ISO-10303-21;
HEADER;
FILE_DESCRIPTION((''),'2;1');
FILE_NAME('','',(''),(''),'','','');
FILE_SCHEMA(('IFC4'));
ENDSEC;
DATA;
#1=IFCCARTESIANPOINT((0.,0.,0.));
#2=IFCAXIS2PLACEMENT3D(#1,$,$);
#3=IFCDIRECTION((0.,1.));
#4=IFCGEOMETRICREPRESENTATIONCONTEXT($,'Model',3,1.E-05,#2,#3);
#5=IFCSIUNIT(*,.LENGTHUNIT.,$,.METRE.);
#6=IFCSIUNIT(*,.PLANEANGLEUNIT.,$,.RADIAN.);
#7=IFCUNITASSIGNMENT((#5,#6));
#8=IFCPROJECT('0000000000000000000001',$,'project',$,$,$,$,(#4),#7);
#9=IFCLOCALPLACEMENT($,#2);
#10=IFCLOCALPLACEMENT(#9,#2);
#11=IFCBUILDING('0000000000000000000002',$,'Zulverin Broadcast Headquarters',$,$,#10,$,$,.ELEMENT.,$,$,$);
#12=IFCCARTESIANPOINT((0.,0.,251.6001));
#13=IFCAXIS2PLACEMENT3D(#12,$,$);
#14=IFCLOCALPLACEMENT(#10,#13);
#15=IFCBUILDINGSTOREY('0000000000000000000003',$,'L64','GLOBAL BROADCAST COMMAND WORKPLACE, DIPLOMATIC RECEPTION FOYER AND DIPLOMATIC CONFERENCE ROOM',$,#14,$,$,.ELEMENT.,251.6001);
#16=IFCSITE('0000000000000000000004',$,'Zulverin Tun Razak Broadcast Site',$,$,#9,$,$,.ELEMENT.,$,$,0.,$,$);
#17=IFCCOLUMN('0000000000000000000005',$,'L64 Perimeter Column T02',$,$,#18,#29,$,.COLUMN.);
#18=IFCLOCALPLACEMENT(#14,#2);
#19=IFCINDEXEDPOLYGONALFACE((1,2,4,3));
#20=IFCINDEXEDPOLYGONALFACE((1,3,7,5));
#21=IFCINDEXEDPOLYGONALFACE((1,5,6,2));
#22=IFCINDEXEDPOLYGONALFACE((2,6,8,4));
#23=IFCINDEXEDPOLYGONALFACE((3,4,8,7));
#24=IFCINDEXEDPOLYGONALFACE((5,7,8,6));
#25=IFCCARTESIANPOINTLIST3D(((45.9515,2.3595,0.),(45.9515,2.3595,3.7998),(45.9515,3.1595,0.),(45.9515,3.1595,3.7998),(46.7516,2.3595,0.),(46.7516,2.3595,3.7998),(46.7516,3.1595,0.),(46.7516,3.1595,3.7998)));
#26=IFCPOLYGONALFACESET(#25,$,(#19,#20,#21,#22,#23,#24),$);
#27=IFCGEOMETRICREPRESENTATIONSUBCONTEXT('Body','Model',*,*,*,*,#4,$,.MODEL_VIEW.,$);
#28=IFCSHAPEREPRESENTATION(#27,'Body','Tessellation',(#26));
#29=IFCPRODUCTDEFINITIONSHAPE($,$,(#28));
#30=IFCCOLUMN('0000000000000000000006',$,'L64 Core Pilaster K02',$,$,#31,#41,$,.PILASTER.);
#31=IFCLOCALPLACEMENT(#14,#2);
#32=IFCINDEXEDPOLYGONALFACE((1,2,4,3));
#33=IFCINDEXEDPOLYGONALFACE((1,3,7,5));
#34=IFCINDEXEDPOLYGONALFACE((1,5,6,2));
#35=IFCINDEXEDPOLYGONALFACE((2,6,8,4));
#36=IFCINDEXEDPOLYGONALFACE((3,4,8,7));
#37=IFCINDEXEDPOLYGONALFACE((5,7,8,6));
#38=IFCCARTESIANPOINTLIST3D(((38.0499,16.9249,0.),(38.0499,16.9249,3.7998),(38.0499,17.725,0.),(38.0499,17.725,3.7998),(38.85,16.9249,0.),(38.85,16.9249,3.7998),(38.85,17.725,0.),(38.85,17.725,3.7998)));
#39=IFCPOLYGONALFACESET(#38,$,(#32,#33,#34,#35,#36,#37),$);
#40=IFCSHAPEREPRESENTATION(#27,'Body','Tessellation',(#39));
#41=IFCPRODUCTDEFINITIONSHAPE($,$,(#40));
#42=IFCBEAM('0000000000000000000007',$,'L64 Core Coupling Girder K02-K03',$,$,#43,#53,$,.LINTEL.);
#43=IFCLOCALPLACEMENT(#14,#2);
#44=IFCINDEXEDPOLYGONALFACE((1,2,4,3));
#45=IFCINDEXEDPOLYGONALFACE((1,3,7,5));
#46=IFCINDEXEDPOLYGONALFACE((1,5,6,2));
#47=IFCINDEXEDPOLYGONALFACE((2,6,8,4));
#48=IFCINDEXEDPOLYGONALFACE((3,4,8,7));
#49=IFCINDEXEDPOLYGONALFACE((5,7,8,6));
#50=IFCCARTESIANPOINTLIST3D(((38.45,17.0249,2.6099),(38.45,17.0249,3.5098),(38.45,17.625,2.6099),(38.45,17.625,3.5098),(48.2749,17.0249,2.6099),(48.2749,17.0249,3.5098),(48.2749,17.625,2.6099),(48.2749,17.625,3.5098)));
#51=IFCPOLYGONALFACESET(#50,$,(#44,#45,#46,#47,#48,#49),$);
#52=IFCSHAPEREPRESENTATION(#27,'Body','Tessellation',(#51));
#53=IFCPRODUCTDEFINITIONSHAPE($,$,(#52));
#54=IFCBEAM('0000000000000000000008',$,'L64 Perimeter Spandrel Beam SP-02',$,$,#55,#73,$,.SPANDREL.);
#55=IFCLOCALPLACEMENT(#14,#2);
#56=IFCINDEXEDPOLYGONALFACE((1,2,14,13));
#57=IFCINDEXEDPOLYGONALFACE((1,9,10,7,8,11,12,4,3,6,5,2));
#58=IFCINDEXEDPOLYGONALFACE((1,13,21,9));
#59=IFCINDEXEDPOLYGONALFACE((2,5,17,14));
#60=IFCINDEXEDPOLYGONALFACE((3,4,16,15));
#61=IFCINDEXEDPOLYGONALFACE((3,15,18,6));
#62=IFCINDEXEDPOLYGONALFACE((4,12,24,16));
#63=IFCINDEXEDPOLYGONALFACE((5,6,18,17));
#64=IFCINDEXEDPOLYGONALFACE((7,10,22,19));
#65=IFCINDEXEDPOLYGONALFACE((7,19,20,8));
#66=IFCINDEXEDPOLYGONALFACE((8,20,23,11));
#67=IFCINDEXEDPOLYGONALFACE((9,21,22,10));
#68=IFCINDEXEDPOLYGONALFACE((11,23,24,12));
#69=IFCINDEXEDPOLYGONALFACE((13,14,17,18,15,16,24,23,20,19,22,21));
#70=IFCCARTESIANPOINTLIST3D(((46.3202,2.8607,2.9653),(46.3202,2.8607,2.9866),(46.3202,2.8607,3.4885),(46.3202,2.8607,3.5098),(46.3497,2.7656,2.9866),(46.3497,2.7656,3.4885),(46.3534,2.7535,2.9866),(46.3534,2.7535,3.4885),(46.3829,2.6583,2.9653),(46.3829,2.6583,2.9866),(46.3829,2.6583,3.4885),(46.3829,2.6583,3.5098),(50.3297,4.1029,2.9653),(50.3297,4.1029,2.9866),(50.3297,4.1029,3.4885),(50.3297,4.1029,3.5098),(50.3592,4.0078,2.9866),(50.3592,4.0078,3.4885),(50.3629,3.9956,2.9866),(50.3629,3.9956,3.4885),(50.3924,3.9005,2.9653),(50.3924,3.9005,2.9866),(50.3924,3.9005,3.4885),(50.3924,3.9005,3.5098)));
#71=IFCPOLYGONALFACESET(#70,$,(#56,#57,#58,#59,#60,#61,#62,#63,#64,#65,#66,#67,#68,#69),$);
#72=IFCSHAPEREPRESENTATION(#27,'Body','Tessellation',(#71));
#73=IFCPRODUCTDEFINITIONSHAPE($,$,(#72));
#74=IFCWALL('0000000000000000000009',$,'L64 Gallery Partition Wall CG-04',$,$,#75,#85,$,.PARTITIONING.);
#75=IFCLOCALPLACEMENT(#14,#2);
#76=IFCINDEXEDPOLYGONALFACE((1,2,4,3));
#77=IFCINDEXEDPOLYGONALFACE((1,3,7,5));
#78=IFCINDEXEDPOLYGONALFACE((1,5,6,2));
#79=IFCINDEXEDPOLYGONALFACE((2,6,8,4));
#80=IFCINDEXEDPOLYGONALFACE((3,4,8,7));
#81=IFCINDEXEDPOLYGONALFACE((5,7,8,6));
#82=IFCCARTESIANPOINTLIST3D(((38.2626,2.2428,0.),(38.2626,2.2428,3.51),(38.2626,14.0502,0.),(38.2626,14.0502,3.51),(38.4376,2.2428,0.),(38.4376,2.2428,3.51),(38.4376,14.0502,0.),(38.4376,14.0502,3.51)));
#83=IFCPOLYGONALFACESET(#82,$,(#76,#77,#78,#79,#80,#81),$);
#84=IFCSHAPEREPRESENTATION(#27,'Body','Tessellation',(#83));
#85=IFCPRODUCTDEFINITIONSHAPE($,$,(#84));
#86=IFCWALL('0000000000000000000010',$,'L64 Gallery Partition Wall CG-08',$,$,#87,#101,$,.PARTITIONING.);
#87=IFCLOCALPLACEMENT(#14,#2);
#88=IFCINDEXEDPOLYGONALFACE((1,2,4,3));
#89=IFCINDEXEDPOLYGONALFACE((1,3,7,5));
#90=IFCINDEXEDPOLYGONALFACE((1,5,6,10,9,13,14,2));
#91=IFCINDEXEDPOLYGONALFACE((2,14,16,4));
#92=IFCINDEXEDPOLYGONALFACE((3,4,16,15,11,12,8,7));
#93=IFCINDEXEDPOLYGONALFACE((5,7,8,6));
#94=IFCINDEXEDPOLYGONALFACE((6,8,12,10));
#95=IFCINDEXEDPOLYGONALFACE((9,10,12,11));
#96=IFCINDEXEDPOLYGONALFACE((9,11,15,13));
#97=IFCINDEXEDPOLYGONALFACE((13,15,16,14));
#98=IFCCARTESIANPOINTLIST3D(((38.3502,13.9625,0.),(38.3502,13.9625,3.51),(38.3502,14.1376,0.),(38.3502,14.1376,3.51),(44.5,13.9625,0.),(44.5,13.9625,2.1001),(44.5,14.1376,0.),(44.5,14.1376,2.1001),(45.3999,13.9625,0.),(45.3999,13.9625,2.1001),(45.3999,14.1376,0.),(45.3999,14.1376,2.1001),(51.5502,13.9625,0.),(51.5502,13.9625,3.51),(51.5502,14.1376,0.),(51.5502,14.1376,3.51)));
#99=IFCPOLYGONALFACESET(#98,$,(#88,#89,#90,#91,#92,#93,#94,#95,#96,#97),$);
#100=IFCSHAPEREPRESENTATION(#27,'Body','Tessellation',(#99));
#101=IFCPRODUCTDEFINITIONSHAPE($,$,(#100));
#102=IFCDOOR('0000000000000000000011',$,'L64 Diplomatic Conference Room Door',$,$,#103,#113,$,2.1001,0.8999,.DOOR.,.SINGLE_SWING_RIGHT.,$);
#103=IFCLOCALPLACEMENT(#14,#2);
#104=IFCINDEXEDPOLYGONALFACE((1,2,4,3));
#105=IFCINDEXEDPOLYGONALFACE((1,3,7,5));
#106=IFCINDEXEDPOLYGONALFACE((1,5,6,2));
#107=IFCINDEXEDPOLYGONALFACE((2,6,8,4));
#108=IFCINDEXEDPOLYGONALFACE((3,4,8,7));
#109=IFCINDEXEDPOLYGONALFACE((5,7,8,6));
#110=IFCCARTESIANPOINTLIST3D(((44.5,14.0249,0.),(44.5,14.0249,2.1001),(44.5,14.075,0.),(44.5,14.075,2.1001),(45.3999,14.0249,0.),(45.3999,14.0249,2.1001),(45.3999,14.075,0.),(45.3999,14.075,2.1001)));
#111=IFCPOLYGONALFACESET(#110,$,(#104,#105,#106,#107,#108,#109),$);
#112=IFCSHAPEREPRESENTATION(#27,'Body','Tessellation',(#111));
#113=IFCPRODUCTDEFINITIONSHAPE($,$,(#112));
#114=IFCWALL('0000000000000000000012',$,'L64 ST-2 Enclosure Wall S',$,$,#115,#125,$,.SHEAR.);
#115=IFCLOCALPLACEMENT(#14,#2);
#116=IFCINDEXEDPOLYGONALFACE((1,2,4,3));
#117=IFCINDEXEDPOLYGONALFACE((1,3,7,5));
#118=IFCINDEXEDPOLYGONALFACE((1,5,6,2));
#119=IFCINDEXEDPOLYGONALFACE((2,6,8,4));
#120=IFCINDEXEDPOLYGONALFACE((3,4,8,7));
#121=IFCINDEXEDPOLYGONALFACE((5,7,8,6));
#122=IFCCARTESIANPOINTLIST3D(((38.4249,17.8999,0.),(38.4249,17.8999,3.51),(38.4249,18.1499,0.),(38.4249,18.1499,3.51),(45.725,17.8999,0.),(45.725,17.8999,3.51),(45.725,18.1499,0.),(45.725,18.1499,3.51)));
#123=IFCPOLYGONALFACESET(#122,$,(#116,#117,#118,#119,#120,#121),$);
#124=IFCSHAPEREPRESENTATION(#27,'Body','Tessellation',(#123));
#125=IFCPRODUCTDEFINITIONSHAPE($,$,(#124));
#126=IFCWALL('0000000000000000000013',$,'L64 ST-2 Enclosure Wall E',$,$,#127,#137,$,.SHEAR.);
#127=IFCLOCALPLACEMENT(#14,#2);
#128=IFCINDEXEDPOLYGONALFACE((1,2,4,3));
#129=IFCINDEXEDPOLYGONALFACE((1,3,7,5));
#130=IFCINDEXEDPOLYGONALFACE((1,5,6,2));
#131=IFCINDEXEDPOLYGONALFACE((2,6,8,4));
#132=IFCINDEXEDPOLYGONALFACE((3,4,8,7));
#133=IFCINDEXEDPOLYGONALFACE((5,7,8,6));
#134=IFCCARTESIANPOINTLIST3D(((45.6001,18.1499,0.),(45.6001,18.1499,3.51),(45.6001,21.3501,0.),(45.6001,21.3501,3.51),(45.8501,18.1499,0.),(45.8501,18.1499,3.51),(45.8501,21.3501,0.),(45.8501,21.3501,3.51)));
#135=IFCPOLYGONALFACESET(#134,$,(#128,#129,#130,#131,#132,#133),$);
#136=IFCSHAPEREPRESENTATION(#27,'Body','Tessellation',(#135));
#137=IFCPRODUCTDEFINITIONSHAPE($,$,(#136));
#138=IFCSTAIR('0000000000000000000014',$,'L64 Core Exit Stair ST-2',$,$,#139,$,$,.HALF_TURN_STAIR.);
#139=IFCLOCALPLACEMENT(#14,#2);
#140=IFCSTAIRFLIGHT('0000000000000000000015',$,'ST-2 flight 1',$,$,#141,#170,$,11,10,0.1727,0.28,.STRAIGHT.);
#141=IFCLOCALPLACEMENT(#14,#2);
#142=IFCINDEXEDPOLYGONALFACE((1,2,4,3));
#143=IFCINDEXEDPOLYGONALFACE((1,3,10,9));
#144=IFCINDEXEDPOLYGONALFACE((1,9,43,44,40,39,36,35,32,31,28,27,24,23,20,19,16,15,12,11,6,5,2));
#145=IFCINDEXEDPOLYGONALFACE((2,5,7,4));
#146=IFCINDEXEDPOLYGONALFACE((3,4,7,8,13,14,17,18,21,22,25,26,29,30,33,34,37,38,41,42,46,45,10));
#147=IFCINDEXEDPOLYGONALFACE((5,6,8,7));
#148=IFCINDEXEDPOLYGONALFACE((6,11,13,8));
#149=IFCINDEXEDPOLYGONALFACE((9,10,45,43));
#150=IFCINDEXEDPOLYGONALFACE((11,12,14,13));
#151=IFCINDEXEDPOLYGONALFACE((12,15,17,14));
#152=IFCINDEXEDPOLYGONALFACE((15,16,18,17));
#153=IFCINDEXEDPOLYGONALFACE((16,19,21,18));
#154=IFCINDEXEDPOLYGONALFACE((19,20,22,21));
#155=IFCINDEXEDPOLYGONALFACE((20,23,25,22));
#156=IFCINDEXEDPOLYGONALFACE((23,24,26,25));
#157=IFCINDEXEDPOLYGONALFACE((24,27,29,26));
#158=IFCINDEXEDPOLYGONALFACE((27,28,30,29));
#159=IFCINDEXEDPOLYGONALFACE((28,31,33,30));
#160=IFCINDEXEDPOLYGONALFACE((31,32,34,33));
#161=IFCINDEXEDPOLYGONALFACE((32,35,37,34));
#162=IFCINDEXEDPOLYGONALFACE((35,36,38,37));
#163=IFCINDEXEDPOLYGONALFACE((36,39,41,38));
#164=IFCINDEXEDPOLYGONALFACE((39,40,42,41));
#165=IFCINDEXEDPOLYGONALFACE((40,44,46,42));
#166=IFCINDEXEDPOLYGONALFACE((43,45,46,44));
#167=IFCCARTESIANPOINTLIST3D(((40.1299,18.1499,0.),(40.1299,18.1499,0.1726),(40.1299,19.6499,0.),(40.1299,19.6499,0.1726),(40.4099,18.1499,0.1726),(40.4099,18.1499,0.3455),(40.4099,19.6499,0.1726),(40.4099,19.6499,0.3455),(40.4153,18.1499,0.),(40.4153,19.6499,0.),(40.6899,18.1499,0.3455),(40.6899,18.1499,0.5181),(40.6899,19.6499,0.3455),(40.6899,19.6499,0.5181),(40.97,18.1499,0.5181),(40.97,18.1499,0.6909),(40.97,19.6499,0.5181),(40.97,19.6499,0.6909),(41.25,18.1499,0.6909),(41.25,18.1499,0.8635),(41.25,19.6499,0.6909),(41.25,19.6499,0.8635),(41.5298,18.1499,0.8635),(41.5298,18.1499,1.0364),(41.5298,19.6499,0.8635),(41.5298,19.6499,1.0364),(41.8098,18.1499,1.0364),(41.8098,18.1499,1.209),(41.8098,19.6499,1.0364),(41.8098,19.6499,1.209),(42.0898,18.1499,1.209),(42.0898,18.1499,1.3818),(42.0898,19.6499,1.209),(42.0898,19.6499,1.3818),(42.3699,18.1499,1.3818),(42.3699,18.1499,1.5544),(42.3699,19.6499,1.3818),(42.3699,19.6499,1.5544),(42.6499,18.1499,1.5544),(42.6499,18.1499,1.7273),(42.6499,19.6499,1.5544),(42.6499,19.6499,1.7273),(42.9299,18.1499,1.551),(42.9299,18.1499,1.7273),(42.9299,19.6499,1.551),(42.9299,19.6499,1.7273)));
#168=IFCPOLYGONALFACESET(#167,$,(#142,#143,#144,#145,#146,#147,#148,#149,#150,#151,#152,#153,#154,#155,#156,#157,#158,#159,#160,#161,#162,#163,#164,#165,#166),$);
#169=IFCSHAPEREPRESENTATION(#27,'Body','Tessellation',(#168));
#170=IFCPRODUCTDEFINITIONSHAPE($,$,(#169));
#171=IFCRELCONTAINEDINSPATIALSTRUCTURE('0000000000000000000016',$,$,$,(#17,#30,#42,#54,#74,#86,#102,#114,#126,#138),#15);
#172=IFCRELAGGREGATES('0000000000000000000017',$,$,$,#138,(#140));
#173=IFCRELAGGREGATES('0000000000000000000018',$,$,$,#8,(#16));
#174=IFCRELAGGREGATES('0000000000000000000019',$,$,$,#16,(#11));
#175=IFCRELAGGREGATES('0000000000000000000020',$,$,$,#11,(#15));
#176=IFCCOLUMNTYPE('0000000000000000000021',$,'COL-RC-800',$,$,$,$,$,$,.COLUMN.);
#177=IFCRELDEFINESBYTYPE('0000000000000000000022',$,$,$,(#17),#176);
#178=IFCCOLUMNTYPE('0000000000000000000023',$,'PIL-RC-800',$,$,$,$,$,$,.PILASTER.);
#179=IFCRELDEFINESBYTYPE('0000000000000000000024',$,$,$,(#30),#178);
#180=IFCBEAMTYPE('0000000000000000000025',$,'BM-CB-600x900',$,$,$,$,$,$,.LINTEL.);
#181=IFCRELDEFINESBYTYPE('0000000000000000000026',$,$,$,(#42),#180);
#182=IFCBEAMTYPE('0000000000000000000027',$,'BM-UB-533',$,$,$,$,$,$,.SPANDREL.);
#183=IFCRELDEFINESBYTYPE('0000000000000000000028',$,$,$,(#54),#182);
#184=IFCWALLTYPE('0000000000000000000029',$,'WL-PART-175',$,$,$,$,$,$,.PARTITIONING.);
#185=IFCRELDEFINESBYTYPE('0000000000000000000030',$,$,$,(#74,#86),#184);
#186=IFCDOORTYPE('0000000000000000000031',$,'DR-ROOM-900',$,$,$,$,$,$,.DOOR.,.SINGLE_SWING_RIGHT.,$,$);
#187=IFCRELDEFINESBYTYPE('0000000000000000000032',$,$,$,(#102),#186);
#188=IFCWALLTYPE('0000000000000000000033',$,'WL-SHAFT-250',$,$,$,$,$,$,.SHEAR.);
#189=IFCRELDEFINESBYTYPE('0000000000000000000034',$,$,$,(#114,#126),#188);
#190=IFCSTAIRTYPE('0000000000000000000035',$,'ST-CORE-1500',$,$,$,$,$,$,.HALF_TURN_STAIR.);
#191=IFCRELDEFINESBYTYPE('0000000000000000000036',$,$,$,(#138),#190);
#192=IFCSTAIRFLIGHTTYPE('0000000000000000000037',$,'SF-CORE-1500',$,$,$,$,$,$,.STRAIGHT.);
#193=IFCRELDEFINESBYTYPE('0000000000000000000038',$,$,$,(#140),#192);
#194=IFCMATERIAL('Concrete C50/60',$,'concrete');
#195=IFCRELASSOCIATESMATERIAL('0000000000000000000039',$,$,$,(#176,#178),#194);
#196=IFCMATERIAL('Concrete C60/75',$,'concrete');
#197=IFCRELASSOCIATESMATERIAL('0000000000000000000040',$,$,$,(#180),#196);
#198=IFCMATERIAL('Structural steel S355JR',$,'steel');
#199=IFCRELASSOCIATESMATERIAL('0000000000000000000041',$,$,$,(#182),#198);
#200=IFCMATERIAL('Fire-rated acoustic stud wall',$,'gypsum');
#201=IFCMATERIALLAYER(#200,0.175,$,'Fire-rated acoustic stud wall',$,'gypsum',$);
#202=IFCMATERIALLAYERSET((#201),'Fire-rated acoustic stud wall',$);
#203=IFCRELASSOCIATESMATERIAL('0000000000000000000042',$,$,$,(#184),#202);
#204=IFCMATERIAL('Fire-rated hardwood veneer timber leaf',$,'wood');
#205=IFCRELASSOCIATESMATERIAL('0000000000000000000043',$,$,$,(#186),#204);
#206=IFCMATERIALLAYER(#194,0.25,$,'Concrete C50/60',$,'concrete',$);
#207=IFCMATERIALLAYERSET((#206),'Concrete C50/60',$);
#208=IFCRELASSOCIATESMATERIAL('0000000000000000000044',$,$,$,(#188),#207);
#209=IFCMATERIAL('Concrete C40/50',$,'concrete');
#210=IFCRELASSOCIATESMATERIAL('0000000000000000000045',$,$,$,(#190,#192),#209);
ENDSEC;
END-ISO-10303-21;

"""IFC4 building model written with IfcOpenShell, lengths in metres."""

from ifc_helpers import new_model, si_unit, direction, frame, frame_2d, origin, origin_2d, place, context, subcontext, project, spatial, polyline, rectangle, i_section, outline, extrude, material, layer, layer_set, material_profile, profile_set, type_object, element, fill, aggregate, save


model = new_model("IFC4")

# Units and contexts
model_context = context("Model", 3, precision=1e-05, world=origin(), true_north=direction((0.0, 1.0)))
body_context = subcontext(model_context, "Body", "Model", "MODEL_VIEW")
ifc_project = project(units=[si_unit("LENGTHUNIT", "METRE"), si_unit("PLANEANGLEUNIT", "RADIAN")], contexts=[model_context])

# Site, building, storey
site_placement = place(None, origin())
site = spatial("IfcSite", under=ifc_project, at=site_placement, Name="Zulverin Tun Razak Broadcast Site", CompositionType="ELEMENT", RefElevation=0.0)
building_placement = place(site_placement, origin())
building = spatial("IfcBuilding", under=site, at=building_placement, Name="Zulverin Broadcast Headquarters", CompositionType="ELEMENT")
storey_placement = place(building_placement, frame((0.0, 0.0, 251.6001)))
storey = spatial("IfcBuildingStorey", under=building, at=storey_placement, Name="L64", Description="GLOBAL BROADCAST COMMAND WORKPLACE, DIPLOMATIC RECEPTION FOYER AND DIPLOMATIC CONFERENCE ROOM", CompositionType="ELEMENT", Elevation=251.6001)

# Columns
ifc_material_1 = material(Name="Concrete C50/60", Category="concrete")
ifc_material_profile_1 = material_profile(ifc_material_1, rectangle(XDim=0.8, YDim=0.8, at=origin_2d()), Name="Concrete C50/60", Category="concrete")
ifc_profile_set_1 = profile_set([ifc_material_profile_1], Name="Concrete C50/60")
column_type_1 = type_object("IfcColumnType", Name="COL-RC-800", PredefinedType="COLUMN", material=ifc_profile_set_1)
column_1_placement = place(storey_placement, frame((46.3516, 2.7595, 0.0), z_axis=(0.0, 0.0, 1.0), x_axis=(1.0, 0.0, 0.0)))
element("IfcColumn", 1, at=column_1_placement, inside=storey, type_object=column_type_1, Name="L64 Perimeter Column T02", PredefinedType="COLUMN", context=body_context, shape_type="SweptSolid", body=[
    extrude(rectangle(XDim=0.8, YDim=0.8, at=origin_2d()), origin(), (0.0, 0.0, 1.0), 3.7998),
])
ifc_material_profile_2 = material_profile(ifc_material_1, rectangle(XDim=0.8, YDim=0.8, at=origin_2d()), Name="Concrete C50/60", Category="concrete")
ifc_profile_set_2 = profile_set([ifc_material_profile_2], Name="Concrete C50/60")
column_type_2 = type_object("IfcColumnType", Name="PIL-RC-800", PredefinedType="PILASTER", material=ifc_profile_set_2)
column_2_placement = place(storey_placement, frame((38.45, 17.325, 0.0), z_axis=(0.0, 0.0, 1.0), x_axis=(1.0, 0.0, 0.0)))
element("IfcColumn", 2, at=column_2_placement, inside=storey, type_object=column_type_2, Name="L64 Core Pilaster K02", PredefinedType="PILASTER", context=body_context, shape_type="SweptSolid", body=[
    extrude(rectangle(XDim=0.8, YDim=0.8, at=origin_2d()), origin(), (0.0, 0.0, 1.0), 3.7998),
])

# Beams
ifc_material_2 = material(Name="Concrete C60/75", Category="concrete")
ifc_material_profile_3 = material_profile(ifc_material_2, rectangle(XDim=0.6001, YDim=0.8999, at=origin_2d()), Name="Concrete C60/75", Category="concrete")
ifc_profile_set_3 = profile_set([ifc_material_profile_3], Name="Concrete C60/75")
beam_type_1 = type_object("IfcBeamType", Name="BM-CB-600x900", PredefinedType="LINTEL", material=ifc_profile_set_3)
beam_1_placement = place(storey_placement, frame((38.45, 17.325, 3.0598), z_axis=(1.0, 0.0, 0.0), x_axis=(0.0, 1.0, 0.0)))
element("IfcBeam", 3, at=beam_1_placement, inside=storey, type_object=beam_type_1, Name="L64 Core Coupling Girder K02-K03", PredefinedType="LINTEL", context=body_context, shape_type="SweptSolid", body=[
    extrude(rectangle(XDim=0.6001, YDim=0.8999, at=origin_2d()), origin(), (0.0, 0.0, 1.0), 9.825),
])
ifc_material_3 = material(Name="Structural steel S355JR", Category="steel")
ifc_material_profile_4 = material_profile(ifc_material_3, i_section(OverallWidth=0.2119, OverallDepth=0.5444, WebThickness=0.0127, FlangeThickness=0.0212, at=origin_2d()), Name="Structural steel S355JR", Category="steel")
ifc_profile_set_4 = profile_set([ifc_material_profile_4], Name="Structural steel S355JR")
beam_type_2 = type_object("IfcBeamType", Name="BM-UB-533", PredefinedType="SPANDREL", material=ifc_profile_set_4)
beam_2_placement = place(storey_placement, frame((46.3516, 2.7595, 3.2375), z_axis=(0.955209, 0.295933, 0.0), x_axis=(-0.295933, 0.955209, 0.0)))
element("IfcBeam", 4, at=beam_2_placement, inside=storey, type_object=beam_type_2, Name="L64 Perimeter Spandrel Beam SP-02", PredefinedType="SPANDREL", context=body_context, shape_type="SweptSolid", body=[
    extrude(i_section(OverallWidth=0.2119, OverallDepth=0.5444, WebThickness=0.0127, FlangeThickness=0.0212, at=origin_2d()), origin(), (0.0, 0.0, 1.0), 4.1975),
])

# Wall
ifc_material_4 = material(Name="Fire-rated acoustic stud wall", Category="gypsum")
ifc_layer_1 = layer(ifc_material_4, 0.175, Name="Fire-rated acoustic stud wall", Category="gypsum")
ifc_layer_set_1 = layer_set([ifc_layer_1], Name="Fire-rated acoustic stud wall")
wall_type_1 = type_object("IfcWallType", Name="WL-PART-175", PredefinedType="PARTITIONING", material=ifc_layer_set_1)
wall_1_placement = place(storey_placement, frame((38.3501, 2.2427, 0.0), z_axis=(0.0, 0.0, 1.0), x_axis=(0.0, 1.0, 0.0)))
element("IfcWall", 5, at=wall_1_placement, inside=storey, type_object=wall_type_1, Name="L64 Gallery Partition Wall CG-04", PredefinedType="PARTITIONING", context=body_context, shape_type="SweptSolid", body=[
    extrude(rectangle(XDim=11.8074, YDim=0.175, at=frame_2d((5.9038, 0.0))), origin(), (0.0, 0.0, 1.0), 3.51),
])

# Wall, opening, door
wall_2_placement = place(storey_placement, frame((38.3501, 14.05, 0.0), z_axis=(0.0, 0.0, 1.0), x_axis=(1.0, 0.0, 0.0)))
wall_2 = element("IfcWall", 6, at=wall_2_placement, inside=storey, type_object=wall_type_1, Name="L64 Gallery Partition Wall CG-08", PredefinedType="PARTITIONING", context=body_context, shape_type="SweptSolid", body=[
    extrude(rectangle(XDim=13.2, YDim=0.175, at=frame_2d((6.6001, 0.0))), origin(), (0.0, 0.0, 1.0), 3.51),
])
opening_1_placement = place(wall_2_placement, frame((6.1499, 0.0, 0.0)))
opening_1 = element("IfcOpeningElement", 7, at=opening_1_placement, cuts=wall_2, PredefinedType="OPENING", context=body_context, shape_type="SweptSolid", body=[
    extrude(rectangle(XDim=0.8999, YDim=2.1001, at=frame_2d((0.45, 1.05))), frame((0.0, 0.0974, 0.0), z_axis=(0.0, -1.0, 0.0), x_axis=(1.0, 0.0, 0.0)), (0.0, 0.0, 1.0), 0.1951),
])
ifc_material_5 = material(Name="Fire-rated hardwood veneer timber leaf", Category="wood")
door_type_1 = type_object("IfcDoorType", Name="DR-ROOM-900", OperationType="SINGLE_SWING_RIGHT", PredefinedType="DOOR", material=ifc_material_5)
door_1_placement = place(opening_1_placement, origin())
door_1 = element("IfcDoor", 8, at=door_1_placement, inside=storey, type_object=door_type_1, Name="L64 Diplomatic Conference Room Door", OperationType="SINGLE_SWING_RIGHT", OverallHeight=2.1001, OverallWidth=0.8999, PredefinedType="DOOR", context=body_context, shape_type="SweptSolid", body=[
    extrude(rectangle(XDim=0.8999, YDim=2.1001, at=frame_2d((0.45, 1.05))), frame((0.0, 0.0249, 0.0), z_axis=(0.0, -1.0, 0.0), x_axis=(1.0, 0.0, 0.0)), (0.0, 0.0, 1.0), 0.05),
])
fill(opening_1, door_1)

# Wall
ifc_layer_2 = layer(ifc_material_1, 0.25, Name="Concrete C50/60", Category="concrete")
ifc_layer_set_2 = layer_set([ifc_layer_2], Name="Concrete C50/60")
wall_type_2 = type_object("IfcWallType", Name="WL-SHAFT-250", PredefinedType="SHEAR", material=ifc_layer_set_2)
wall_3_placement = place(storey_placement, frame((38.425, 18.0249, 0.0), z_axis=(0.0, 0.0, 1.0), x_axis=(1.0, 0.0, 0.0)))
element("IfcWall", 9, at=wall_3_placement, inside=storey, type_object=wall_type_2, Name="L64 ST-2 Enclosure Wall S", PredefinedType="SHEAR", context=body_context, shape_type="SweptSolid", body=[
    extrude(rectangle(XDim=7.3, YDim=0.25, at=frame_2d((3.6499, 0.0))), origin(), (0.0, 0.0, 1.0), 3.51),
])

# Wall
wall_4_placement = place(storey_placement, frame((45.7251, 18.1499, 0.0), z_axis=(0.0, 0.0, 1.0), x_axis=(0.0, 1.0, 0.0)))
element("IfcWall", 10, at=wall_4_placement, inside=storey, type_object=wall_type_2, Name="L64 ST-2 Enclosure Wall E", PredefinedType="SHEAR", context=body_context, shape_type="SweptSolid", body=[
    extrude(rectangle(XDim=3.2002, YDim=0.25, at=frame_2d((1.6001, 0.0))), origin(), (0.0, 0.0, 1.0), 3.51),
])

# Stair, stair flight
ifc_material_6 = material(Name="Concrete C40/50", Category="concrete")
stair_type = type_object("IfcStairType", Name="ST-CORE-1500", PredefinedType="HALF_TURN_STAIR", material=ifc_material_6)
stair_placement = place(storey_placement, origin())
stair = element("IfcStair", 11, at=stair_placement, inside=storey, type_object=stair_type, Name="L64 Core Exit Stair ST-2", PredefinedType="HALF_TURN_STAIR")
stair_flight_type = type_object("IfcStairFlightType", Name="SF-CORE-1500", PredefinedType="STRAIGHT", material=ifc_material_6)
stair_flight_placement = place(storey_placement, frame((40.1299, 18.8999, 0.0), z_axis=(0.0, 0.0, 1.0), x_axis=(1.0, 0.0, 0.0)))
stair_flight = element("IfcStairFlight", 12, at=stair_flight_placement, type_object=stair_flight_type, Name="ST-2 flight 1", NumberOfRisers=11, NumberOfTreads=10, PredefinedType="STRAIGHT", RiserHeight=0.1727, TreadLength=0.28, context=body_context, shape_type="SweptSolid", body=[
    extrude(outline(polyline([(0.0, 0.0), (0.0, 0.1726), (0.28, 0.1726), (0.28, 0.3455), (0.5601, 0.3455), (0.5601, 0.5181), (0.8401, 0.5181), (0.8401, 0.6909), (1.1201, 0.6909), (1.1201, 0.8635), (1.3999, 0.8635), (1.3999, 1.0364), (1.6799, 1.0364), (1.6799, 1.209), (1.96, 1.209), (1.96, 1.3818), (2.24, 1.3818), (2.24, 1.5544), (2.52, 1.5544), (2.52, 1.7273), (2.8, 1.7273), (2.8, 1.8999), (2.8, 1.551), (0.2854, 0.0), (0.0, 0.0)])), frame((0.0, 0.75, 0.0), z_axis=(0.0, -1.0, 0.0), x_axis=(1.0, 0.0, 0.0)), (0.0, 0.0, 1.0), 1.5),
])
aggregate(stair, [stair_flight])

save(model, "model.ifc")
